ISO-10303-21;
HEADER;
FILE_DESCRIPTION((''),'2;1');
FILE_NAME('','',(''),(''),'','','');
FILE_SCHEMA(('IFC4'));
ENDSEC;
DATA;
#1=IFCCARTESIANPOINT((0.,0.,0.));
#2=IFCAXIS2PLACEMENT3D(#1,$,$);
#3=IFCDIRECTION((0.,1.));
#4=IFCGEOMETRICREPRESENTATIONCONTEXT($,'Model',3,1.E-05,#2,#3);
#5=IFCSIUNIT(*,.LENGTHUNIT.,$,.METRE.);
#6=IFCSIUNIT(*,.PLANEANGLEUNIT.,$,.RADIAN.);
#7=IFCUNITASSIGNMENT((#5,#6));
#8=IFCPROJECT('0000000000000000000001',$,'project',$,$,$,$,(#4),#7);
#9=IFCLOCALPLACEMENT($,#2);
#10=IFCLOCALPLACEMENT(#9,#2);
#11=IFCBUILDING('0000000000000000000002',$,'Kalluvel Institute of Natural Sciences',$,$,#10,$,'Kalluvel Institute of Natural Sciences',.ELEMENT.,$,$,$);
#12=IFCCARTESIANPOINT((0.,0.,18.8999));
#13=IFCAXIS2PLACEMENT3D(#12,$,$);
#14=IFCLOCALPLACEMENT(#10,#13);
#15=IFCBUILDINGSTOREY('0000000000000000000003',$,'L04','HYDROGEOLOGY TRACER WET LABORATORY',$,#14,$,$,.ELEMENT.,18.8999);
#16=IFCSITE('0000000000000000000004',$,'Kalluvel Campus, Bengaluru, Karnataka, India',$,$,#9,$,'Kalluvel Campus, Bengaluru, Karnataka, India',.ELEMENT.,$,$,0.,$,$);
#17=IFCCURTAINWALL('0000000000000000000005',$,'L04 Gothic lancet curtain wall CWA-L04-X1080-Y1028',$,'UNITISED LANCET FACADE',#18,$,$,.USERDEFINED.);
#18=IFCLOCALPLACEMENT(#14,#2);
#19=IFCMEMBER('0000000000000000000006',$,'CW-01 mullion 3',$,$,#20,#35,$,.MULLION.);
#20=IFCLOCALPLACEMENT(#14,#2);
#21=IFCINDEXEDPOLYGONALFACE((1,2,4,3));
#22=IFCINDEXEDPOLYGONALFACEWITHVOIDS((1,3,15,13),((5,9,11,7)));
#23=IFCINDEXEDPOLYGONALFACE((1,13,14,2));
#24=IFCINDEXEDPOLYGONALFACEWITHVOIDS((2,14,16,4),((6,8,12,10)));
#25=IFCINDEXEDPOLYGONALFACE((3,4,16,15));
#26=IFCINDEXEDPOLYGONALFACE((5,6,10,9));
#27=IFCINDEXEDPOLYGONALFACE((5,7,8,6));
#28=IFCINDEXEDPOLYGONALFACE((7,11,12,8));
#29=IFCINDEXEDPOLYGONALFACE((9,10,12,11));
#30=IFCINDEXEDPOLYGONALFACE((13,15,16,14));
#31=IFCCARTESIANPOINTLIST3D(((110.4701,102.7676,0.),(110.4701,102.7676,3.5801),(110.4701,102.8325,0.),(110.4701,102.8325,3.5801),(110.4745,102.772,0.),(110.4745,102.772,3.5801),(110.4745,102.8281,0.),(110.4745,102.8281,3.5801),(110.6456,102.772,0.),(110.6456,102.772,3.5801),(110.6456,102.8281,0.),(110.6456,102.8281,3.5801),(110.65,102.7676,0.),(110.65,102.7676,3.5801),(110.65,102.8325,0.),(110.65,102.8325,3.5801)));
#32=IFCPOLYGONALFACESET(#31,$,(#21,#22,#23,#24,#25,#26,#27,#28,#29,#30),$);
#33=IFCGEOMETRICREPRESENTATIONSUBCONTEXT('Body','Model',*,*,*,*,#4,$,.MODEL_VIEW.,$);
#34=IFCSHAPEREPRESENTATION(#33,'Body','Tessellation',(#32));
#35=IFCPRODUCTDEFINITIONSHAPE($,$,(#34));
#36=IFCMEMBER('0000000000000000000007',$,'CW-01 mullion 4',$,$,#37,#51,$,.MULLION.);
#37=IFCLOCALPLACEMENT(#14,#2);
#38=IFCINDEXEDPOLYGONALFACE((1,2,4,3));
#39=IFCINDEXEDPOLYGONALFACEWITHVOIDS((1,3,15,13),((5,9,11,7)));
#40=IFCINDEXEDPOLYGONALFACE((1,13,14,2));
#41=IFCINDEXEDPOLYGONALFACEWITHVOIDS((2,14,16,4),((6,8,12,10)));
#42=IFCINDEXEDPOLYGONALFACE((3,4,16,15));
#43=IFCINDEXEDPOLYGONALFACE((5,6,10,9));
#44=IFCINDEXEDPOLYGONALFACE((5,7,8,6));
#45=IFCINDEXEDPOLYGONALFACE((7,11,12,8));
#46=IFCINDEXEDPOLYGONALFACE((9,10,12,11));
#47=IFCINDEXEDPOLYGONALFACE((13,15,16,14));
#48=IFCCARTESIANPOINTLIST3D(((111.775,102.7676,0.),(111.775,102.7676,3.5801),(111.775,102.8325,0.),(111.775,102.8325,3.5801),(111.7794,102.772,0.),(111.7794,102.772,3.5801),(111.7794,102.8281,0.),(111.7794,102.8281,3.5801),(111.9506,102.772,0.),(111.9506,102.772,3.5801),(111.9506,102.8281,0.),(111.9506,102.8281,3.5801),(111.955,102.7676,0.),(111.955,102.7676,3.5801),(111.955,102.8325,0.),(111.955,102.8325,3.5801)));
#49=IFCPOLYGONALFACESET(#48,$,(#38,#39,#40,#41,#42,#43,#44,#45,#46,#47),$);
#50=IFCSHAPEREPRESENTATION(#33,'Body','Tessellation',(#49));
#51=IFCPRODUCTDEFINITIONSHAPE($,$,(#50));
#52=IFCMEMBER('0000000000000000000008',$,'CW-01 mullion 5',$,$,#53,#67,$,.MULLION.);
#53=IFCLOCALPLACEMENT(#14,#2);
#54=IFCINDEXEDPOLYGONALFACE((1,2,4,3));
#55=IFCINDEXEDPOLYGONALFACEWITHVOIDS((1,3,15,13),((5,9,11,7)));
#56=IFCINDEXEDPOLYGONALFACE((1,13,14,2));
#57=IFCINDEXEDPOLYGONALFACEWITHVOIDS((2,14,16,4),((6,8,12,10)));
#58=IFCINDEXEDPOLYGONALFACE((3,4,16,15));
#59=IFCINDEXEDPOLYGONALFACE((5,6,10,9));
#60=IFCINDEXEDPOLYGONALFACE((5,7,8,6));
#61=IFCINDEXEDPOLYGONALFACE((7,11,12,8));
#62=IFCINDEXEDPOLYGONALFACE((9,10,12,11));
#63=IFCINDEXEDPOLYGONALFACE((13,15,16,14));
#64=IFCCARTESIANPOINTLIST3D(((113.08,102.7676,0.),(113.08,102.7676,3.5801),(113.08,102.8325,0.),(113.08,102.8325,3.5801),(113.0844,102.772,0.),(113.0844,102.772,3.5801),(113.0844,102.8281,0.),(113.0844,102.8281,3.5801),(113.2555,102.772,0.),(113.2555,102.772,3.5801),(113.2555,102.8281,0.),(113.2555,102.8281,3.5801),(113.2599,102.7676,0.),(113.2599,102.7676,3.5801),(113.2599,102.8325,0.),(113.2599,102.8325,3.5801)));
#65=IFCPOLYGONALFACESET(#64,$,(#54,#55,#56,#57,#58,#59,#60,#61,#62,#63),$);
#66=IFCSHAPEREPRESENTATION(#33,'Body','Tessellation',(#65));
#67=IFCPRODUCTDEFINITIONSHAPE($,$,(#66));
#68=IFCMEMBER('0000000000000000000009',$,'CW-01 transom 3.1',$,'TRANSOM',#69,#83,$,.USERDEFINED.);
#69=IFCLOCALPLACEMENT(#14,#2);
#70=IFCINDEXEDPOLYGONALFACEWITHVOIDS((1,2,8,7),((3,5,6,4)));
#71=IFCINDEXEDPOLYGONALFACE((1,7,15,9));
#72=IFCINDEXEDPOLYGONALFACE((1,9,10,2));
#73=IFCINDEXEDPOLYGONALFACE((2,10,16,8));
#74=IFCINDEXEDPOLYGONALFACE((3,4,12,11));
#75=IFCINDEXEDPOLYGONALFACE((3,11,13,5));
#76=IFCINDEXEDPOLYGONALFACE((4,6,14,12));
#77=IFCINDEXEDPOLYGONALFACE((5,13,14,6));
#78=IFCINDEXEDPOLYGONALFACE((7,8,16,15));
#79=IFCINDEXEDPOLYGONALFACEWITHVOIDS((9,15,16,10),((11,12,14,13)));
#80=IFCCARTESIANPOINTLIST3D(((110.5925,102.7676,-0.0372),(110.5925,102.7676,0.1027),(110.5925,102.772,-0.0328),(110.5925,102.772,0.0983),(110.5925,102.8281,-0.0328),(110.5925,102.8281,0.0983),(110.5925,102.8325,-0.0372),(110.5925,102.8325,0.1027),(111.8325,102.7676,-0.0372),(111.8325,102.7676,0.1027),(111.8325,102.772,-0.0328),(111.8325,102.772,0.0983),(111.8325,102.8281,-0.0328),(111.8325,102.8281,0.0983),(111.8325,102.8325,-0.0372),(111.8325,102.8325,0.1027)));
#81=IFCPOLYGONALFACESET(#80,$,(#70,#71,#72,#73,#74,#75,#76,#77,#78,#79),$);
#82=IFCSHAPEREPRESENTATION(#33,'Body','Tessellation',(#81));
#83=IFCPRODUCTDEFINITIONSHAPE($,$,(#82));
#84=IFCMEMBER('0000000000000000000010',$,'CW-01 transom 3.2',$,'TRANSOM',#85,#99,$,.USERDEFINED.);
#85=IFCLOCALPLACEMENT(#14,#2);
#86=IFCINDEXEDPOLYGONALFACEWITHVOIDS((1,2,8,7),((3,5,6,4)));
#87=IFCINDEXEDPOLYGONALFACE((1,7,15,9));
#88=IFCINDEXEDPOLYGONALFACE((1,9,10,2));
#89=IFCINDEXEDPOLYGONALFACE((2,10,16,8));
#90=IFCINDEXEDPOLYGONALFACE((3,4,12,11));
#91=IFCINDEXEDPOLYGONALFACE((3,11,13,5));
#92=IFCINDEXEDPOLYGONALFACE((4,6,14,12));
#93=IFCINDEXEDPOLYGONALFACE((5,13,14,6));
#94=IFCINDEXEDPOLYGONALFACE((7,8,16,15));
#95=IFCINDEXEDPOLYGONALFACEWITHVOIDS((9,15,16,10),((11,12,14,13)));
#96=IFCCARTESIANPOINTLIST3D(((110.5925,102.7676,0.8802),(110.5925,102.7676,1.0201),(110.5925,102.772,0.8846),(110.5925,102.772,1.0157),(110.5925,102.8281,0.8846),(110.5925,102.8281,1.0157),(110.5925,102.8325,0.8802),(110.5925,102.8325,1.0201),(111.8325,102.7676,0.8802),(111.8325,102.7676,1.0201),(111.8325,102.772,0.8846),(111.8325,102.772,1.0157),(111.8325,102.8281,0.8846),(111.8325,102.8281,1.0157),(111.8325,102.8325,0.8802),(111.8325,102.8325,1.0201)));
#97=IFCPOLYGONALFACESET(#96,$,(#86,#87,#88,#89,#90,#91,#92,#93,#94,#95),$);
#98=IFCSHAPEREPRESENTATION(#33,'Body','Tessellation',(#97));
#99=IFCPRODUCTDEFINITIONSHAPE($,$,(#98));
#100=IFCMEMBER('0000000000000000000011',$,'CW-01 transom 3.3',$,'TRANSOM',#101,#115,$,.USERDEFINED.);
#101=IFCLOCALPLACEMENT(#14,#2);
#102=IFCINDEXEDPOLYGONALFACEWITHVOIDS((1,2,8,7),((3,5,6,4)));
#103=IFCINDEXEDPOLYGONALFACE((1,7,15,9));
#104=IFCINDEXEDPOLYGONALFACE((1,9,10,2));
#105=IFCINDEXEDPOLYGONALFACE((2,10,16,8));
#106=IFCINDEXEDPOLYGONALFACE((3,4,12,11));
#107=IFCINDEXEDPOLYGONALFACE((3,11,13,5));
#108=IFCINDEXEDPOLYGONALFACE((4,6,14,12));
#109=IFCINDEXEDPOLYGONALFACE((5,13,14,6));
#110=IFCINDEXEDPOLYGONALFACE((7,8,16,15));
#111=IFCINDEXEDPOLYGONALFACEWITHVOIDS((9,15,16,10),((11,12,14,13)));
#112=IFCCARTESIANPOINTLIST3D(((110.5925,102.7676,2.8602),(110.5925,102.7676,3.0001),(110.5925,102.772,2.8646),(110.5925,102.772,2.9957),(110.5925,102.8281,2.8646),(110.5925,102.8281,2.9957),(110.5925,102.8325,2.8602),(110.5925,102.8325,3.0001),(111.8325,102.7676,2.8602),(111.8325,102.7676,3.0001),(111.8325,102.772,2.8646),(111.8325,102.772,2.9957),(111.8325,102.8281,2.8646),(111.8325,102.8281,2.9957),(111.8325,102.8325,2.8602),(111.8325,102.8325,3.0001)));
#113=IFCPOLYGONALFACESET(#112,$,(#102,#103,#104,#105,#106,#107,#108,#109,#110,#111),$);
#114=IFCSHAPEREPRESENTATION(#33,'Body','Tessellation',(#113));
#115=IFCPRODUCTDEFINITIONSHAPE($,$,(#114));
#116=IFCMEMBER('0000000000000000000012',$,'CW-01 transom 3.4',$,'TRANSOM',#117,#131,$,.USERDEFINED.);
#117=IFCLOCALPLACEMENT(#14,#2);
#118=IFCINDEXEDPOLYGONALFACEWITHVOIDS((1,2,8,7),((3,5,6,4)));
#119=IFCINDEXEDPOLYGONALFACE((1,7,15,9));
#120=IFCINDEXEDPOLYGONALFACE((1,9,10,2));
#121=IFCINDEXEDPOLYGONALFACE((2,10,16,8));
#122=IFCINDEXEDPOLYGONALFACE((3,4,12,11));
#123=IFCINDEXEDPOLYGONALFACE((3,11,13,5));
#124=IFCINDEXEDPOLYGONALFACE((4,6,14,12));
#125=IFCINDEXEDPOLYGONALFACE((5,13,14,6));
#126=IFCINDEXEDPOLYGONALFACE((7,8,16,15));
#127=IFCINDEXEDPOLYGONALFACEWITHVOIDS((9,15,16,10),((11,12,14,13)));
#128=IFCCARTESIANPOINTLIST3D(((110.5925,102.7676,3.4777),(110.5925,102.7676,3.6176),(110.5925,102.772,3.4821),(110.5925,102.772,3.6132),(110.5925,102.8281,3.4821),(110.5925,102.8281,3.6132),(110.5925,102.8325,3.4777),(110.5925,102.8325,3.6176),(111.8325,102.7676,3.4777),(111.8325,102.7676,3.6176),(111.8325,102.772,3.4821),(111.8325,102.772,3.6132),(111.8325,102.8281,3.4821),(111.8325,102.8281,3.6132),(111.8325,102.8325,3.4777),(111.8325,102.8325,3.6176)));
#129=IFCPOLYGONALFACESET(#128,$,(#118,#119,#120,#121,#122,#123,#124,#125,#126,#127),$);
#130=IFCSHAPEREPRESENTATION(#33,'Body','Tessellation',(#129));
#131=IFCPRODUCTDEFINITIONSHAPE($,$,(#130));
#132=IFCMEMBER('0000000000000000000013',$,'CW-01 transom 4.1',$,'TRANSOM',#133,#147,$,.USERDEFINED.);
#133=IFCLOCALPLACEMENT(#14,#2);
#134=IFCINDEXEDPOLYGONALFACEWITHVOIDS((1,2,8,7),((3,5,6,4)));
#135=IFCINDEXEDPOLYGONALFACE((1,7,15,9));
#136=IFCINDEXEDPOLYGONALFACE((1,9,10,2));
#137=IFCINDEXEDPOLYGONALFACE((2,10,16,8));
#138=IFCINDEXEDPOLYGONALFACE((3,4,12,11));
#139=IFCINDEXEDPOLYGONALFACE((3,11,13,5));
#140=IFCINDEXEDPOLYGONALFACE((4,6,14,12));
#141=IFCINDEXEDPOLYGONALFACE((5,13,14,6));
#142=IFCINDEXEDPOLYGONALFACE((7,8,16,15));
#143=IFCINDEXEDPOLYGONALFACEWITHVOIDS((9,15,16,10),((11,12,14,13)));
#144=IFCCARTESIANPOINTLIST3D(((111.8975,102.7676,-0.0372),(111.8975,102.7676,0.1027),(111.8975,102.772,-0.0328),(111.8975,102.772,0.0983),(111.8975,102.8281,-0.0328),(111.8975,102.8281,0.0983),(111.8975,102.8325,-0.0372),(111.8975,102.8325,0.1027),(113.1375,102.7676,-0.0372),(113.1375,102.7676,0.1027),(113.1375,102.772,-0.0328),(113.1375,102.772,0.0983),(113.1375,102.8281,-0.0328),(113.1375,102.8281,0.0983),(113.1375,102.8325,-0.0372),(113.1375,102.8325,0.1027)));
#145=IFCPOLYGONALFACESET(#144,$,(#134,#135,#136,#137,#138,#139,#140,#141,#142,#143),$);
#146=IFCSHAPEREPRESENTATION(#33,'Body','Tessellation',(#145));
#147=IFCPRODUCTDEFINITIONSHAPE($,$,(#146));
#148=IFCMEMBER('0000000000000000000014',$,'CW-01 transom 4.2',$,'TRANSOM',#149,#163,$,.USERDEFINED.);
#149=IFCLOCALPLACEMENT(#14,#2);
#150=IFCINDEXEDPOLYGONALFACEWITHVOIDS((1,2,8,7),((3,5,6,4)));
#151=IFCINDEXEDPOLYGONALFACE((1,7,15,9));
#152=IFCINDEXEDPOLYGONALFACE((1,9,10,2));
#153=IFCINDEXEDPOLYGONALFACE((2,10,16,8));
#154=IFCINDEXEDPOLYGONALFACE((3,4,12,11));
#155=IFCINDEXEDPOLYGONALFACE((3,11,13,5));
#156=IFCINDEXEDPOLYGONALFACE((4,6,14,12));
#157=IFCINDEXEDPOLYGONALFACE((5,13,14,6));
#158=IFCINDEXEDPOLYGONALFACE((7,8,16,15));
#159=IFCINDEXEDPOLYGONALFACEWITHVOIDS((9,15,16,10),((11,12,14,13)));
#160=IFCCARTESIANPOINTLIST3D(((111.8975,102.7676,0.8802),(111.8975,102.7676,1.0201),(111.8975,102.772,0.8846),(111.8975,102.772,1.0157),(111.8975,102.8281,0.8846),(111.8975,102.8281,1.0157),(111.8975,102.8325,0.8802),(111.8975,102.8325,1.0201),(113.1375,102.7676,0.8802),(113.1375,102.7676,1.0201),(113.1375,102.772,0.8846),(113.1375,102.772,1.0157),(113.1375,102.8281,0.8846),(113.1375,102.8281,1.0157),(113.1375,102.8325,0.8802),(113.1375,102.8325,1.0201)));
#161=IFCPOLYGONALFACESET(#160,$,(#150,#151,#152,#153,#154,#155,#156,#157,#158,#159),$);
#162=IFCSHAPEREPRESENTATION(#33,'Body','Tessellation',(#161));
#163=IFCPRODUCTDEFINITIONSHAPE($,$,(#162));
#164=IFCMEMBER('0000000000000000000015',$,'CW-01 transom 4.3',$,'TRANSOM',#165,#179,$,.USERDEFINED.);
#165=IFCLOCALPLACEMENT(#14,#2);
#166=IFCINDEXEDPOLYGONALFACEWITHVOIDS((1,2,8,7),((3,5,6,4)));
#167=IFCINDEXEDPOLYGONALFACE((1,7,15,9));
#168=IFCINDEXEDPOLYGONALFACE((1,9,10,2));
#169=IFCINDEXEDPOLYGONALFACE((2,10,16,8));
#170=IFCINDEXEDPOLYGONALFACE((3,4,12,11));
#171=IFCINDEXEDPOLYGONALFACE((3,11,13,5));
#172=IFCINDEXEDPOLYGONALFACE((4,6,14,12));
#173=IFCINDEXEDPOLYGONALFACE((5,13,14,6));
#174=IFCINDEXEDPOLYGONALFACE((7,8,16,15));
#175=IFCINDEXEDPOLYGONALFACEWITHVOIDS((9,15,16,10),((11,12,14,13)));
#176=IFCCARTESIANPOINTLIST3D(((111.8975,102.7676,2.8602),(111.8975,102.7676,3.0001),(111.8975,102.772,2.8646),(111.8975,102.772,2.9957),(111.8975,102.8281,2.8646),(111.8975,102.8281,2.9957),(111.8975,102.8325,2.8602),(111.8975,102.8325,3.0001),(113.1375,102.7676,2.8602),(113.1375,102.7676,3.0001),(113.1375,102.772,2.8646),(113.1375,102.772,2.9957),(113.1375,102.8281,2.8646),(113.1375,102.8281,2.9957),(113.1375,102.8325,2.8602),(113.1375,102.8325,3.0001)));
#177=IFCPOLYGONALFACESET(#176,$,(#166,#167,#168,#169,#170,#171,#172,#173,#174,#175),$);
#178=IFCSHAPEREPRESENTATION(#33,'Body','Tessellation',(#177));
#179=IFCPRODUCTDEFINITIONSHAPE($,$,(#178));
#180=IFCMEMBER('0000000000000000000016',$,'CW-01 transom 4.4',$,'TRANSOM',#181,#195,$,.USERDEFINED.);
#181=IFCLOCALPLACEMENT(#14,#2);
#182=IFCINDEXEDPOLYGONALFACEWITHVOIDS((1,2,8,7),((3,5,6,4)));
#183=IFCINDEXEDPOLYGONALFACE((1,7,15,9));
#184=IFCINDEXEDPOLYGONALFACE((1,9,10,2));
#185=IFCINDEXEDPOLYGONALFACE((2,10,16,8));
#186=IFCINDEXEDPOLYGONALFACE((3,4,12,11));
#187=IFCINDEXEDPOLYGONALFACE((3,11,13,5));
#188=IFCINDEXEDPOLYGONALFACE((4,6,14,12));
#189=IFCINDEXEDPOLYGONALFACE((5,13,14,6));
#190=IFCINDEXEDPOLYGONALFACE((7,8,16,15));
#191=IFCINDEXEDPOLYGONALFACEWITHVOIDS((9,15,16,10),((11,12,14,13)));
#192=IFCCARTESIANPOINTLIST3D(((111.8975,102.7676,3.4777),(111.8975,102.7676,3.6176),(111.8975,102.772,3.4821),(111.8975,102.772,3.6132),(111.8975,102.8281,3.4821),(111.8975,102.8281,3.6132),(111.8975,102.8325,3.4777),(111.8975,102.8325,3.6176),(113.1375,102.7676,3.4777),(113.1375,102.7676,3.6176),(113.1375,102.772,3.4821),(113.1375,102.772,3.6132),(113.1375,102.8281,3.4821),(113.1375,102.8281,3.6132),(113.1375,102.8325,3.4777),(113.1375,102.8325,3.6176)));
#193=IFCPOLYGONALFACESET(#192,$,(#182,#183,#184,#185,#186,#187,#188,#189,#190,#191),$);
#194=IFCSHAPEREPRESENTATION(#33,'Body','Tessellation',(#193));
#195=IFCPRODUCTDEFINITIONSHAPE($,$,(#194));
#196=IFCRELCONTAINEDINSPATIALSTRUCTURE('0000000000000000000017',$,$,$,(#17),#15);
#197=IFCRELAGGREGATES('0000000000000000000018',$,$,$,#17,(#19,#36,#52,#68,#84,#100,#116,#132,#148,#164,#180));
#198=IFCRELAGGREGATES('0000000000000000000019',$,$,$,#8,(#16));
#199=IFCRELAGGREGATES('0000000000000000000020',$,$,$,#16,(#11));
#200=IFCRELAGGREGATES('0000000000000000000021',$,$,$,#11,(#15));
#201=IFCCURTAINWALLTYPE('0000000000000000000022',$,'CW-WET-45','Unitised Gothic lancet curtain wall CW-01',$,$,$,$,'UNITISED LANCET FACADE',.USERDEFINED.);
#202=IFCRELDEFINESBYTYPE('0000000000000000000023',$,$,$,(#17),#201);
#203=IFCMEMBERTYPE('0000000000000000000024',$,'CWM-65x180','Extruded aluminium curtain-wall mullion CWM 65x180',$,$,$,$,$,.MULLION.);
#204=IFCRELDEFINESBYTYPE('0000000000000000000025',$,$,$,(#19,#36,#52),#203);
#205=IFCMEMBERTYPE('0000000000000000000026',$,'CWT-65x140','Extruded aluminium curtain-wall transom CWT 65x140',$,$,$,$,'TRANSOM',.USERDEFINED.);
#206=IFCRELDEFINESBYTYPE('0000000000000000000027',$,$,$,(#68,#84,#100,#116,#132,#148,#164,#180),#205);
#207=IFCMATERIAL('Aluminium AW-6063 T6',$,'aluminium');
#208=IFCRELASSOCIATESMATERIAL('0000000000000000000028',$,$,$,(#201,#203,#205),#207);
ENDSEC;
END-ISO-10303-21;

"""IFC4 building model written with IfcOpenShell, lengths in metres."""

from ifc_helpers import new_model, si_unit, direction, frame, origin, origin_2d, place, context, subcontext, project, spatial, hollow_rectangle, extrude, material, material_profile, profile_set, type_object, element, aggregate, save


model = new_model("IFC4")

# Units and contexts
model_context = context("Model", 3, precision=1e-05, world=origin(), true_north=direction((0.0, 1.0)))
body_context = subcontext(model_context, "Body", "Model", "MODEL_VIEW")
ifc_project = project(units=[si_unit("LENGTHUNIT", "METRE"), si_unit("PLANEANGLEUNIT", "RADIAN")], contexts=[model_context])

# Site, building, storey
site_placement = place(None, origin())
site = spatial("IfcSite", under=ifc_project, at=site_placement, Name="Kalluvel Campus, Bengaluru, Karnataka, India", LongName="Kalluvel Campus, Bengaluru, Karnataka, India", CompositionType="ELEMENT", RefElevation=0.0)
building_placement = place(site_placement, origin())
building = spatial("IfcBuilding", under=site, at=building_placement, Name="Kalluvel Institute of Natural Sciences", LongName="Kalluvel Institute of Natural Sciences", CompositionType="ELEMENT")
storey_placement = place(building_placement, frame((0.0, 0.0, 18.8999)))
storey = spatial("IfcBuildingStorey", under=building, at=storey_placement, Name="L04", Description="HYDROGEOLOGY TRACER WET LABORATORY", CompositionType="ELEMENT", Elevation=18.8999)

# Curtain wall, members
ifc_material_1 = material(Name="Aluminium AW-6063 T6", Category="aluminium")
curtain_wall_type = type_object("IfcCurtainWallType", Name="CW-WET-45", Description="Unitised Gothic lancet curtain wall CW-01", ElementType="UNITISED LANCET FACADE", PredefinedType="USERDEFINED", material=ifc_material_1)
curtain_wall_placement = place(storey_placement, origin())
curtain_wall = element("IfcCurtainWall", 1, at=curtain_wall_placement, inside=storey, type_object=curtain_wall_type, Name="L04 Gothic lancet curtain wall CWA-L04-X1080-Y1028", ObjectType="UNITISED LANCET FACADE", PredefinedType="USERDEFINED")
ifc_material_profile_1 = material_profile(ifc_material_1, hollow_rectangle(XDim=0.0649, YDim=0.1799, WallThickness=0.0044, at=origin_2d()), Name="CWM 65x180")
ifc_profile_set_1 = profile_set([ifc_material_profile_1], Name="Aluminium AW-6063 T6")
member_type_1 = type_object("IfcMemberType", Name="CWM-65x180", Description="Extruded aluminium curtain-wall mullion CWM 65x180", PredefinedType="MULLION", material=ifc_profile_set_1)
member_1_placement = place(storey_placement, frame((110.5601, 102.8, 0.0), z_axis=(0.0, 0.0, 1.0), x_axis=(0.0, 1.0, 0.0)))
member_1 = element("IfcMember", 2, at=member_1_placement, type_object=member_type_1, Name="CW-01 mullion 3", PredefinedType="MULLION", context=body_context, shape_type="SweptSolid", body=[
    extrude(hollow_rectangle(XDim=0.0649, YDim=0.1799, WallThickness=0.0044, at=origin_2d()), origin(), (0.0, 0.0, 1.0), 3.5801),
])
member_2_placement = place(storey_placement, frame((111.865, 102.8, 0.0), z_axis=(0.0, 0.0, 1.0), x_axis=(0.0, 1.0, 0.0)))
member_2 = element("IfcMember", 3, at=member_2_placement, type_object=member_type_1, Name="CW-01 mullion 4", PredefinedType="MULLION", context=body_context, shape_type="SweptSolid", body=[
    extrude(hollow_rectangle(XDim=0.0649, YDim=0.1799, WallThickness=0.0044, at=origin_2d()), origin(), (0.0, 0.0, 1.0), 3.5801),
])
member_3_placement = place(storey_placement, frame((113.1699, 102.8, 0.0), z_axis=(0.0, 0.0, 1.0), x_axis=(0.0, 1.0, 0.0)))
member_3 = element("IfcMember", 4, at=member_3_placement, type_object=member_type_1, Name="CW-01 mullion 5", PredefinedType="MULLION", context=body_context, shape_type="SweptSolid", body=[
    extrude(hollow_rectangle(XDim=0.0649, YDim=0.1799, WallThickness=0.0044, at=origin_2d()), origin(), (0.0, 0.0, 1.0), 3.5801),
])
ifc_material_profile_2 = material_profile(ifc_material_1, hollow_rectangle(XDim=0.0649, YDim=0.1399, WallThickness=0.0044, at=origin_2d()), Name="CWT 65x140")
ifc_profile_set_2 = profile_set([ifc_material_profile_2], Name="Aluminium AW-6063 T6")
member_type_2 = type_object("IfcMemberType", Name="CWT-65x140", Description="Extruded aluminium curtain-wall transom CWT 65x140", ElementType="TRANSOM", PredefinedType="USERDEFINED", material=ifc_profile_set_2)
member_4_placement = place(storey_placement, frame((110.5925, 102.8, 0.0327), z_axis=(1.0, 0.0, 0.0), x_axis=(0.0, 1.0, 0.0)))
member_4 = element("IfcMember", 5, at=member_4_placement, type_object=member_type_2, Name="CW-01 transom 3.1", ObjectType="TRANSOM", PredefinedType="USERDEFINED", context=body_context, shape_type="SweptSolid", body=[
    extrude(hollow_rectangle(XDim=0.0649, YDim=0.1399, WallThickness=0.0044, at=origin_2d()), origin(), (0.0, 0.0, 1.0), 1.24),
])
member_5_placement = place(storey_placement, frame((110.5925, 102.8, 0.9502), z_axis=(1.0, 0.0, 0.0), x_axis=(0.0, 1.0, 0.0)))
member_5 = element("IfcMember", 6, at=member_5_placement, type_object=member_type_2, Name="CW-01 transom 3.2", ObjectType="TRANSOM", PredefinedType="USERDEFINED", context=body_context, shape_type="SweptSolid", body=[
    extrude(hollow_rectangle(XDim=0.0649, YDim=0.1399, WallThickness=0.0044, at=origin_2d()), origin(), (0.0, 0.0, 1.0), 1.24),
])
member_6_placement = place(storey_placement, frame((110.5925, 102.8, 2.9302), z_axis=(1.0, 0.0, 0.0), x_axis=(0.0, 1.0, 0.0)))
member_6 = element("IfcMember", 7, at=member_6_placement, type_object=member_type_2, Name="CW-01 transom 3.3", ObjectType="TRANSOM", PredefinedType="USERDEFINED", context=body_context, shape_type="SweptSolid", body=[
    extrude(hollow_rectangle(XDim=0.0649, YDim=0.1399, WallThickness=0.0044, at=origin_2d()), origin(), (0.0, 0.0, 1.0), 1.24),
])
member_7_placement = place(storey_placement, frame((110.5925, 102.8, 3.5476), z_axis=(1.0, 0.0, 0.0), x_axis=(0.0, 1.0, 0.0)))
member_7 = element("IfcMember", 8, at=member_7_placement, type_object=member_type_2, Name="CW-01 transom 3.4", ObjectType="TRANSOM", PredefinedType="USERDEFINED", context=body_context, shape_type="SweptSolid", body=[
    extrude(hollow_rectangle(XDim=0.0649, YDim=0.1399, WallThickness=0.0044, at=origin_2d()), origin(), (0.0, 0.0, 1.0), 1.24),
])
member_8_placement = place(storey_placement, frame((111.8975, 102.8, 0.0327), z_axis=(1.0, 0.0, 0.0), x_axis=(0.0, 1.0, 0.0)))
member_8 = element("IfcMember", 9, at=member_8_placement, type_object=member_type_2, Name="CW-01 transom 4.1", ObjectType="TRANSOM", PredefinedType="USERDEFINED", context=body_context, shape_type="SweptSolid", body=[
    extrude(hollow_rectangle(XDim=0.0649, YDim=0.1399, WallThickness=0.0044, at=origin_2d()), origin(), (0.0, 0.0, 1.0), 1.24),
])
member_9_placement = place(storey_placement, frame((111.8975, 102.8, 0.9502), z_axis=(1.0, 0.0, 0.0), x_axis=(0.0, 1.0, 0.0)))
member_9 = element("IfcMember", 10, at=member_9_placement, type_object=member_type_2, Name="CW-01 transom 4.2", ObjectType="TRANSOM", PredefinedType="USERDEFINED", context=body_context, shape_type="SweptSolid", body=[
    extrude(hollow_rectangle(XDim=0.0649, YDim=0.1399, WallThickness=0.0044, at=origin_2d()), origin(), (0.0, 0.0, 1.0), 1.24),
])
member_10_placement = place(storey_placement, frame((111.8975, 102.8, 2.9302), z_axis=(1.0, 0.0, 0.0), x_axis=(0.0, 1.0, 0.0)))
member_10 = element("IfcMember", 11, at=member_10_placement, type_object=member_type_2, Name="CW-01 transom 4.3", ObjectType="TRANSOM", PredefinedType="USERDEFINED", context=body_context, shape_type="SweptSolid", body=[
    extrude(hollow_rectangle(XDim=0.0649, YDim=0.1399, WallThickness=0.0044, at=origin_2d()), origin(), (0.0, 0.0, 1.0), 1.24),
])
member_11_placement = place(storey_placement, frame((111.8975, 102.8, 3.5476), z_axis=(1.0, 0.0, 0.0), x_axis=(0.0, 1.0, 0.0)))
member_11 = element("IfcMember", 12, at=member_11_placement, type_object=member_type_2, Name="CW-01 transom 4.4", ObjectType="TRANSOM", PredefinedType="USERDEFINED", context=body_context, shape_type="SweptSolid", body=[
    extrude(hollow_rectangle(XDim=0.0649, YDim=0.1399, WallThickness=0.0044, at=origin_2d()), origin(), (0.0, 0.0, 1.0), 1.24),
])
aggregate(curtain_wall, [member_1, member_2, member_3, member_4, member_5, member_6, member_7, member_8, member_9, member_10, member_11])

save(model, "model.ifc")
